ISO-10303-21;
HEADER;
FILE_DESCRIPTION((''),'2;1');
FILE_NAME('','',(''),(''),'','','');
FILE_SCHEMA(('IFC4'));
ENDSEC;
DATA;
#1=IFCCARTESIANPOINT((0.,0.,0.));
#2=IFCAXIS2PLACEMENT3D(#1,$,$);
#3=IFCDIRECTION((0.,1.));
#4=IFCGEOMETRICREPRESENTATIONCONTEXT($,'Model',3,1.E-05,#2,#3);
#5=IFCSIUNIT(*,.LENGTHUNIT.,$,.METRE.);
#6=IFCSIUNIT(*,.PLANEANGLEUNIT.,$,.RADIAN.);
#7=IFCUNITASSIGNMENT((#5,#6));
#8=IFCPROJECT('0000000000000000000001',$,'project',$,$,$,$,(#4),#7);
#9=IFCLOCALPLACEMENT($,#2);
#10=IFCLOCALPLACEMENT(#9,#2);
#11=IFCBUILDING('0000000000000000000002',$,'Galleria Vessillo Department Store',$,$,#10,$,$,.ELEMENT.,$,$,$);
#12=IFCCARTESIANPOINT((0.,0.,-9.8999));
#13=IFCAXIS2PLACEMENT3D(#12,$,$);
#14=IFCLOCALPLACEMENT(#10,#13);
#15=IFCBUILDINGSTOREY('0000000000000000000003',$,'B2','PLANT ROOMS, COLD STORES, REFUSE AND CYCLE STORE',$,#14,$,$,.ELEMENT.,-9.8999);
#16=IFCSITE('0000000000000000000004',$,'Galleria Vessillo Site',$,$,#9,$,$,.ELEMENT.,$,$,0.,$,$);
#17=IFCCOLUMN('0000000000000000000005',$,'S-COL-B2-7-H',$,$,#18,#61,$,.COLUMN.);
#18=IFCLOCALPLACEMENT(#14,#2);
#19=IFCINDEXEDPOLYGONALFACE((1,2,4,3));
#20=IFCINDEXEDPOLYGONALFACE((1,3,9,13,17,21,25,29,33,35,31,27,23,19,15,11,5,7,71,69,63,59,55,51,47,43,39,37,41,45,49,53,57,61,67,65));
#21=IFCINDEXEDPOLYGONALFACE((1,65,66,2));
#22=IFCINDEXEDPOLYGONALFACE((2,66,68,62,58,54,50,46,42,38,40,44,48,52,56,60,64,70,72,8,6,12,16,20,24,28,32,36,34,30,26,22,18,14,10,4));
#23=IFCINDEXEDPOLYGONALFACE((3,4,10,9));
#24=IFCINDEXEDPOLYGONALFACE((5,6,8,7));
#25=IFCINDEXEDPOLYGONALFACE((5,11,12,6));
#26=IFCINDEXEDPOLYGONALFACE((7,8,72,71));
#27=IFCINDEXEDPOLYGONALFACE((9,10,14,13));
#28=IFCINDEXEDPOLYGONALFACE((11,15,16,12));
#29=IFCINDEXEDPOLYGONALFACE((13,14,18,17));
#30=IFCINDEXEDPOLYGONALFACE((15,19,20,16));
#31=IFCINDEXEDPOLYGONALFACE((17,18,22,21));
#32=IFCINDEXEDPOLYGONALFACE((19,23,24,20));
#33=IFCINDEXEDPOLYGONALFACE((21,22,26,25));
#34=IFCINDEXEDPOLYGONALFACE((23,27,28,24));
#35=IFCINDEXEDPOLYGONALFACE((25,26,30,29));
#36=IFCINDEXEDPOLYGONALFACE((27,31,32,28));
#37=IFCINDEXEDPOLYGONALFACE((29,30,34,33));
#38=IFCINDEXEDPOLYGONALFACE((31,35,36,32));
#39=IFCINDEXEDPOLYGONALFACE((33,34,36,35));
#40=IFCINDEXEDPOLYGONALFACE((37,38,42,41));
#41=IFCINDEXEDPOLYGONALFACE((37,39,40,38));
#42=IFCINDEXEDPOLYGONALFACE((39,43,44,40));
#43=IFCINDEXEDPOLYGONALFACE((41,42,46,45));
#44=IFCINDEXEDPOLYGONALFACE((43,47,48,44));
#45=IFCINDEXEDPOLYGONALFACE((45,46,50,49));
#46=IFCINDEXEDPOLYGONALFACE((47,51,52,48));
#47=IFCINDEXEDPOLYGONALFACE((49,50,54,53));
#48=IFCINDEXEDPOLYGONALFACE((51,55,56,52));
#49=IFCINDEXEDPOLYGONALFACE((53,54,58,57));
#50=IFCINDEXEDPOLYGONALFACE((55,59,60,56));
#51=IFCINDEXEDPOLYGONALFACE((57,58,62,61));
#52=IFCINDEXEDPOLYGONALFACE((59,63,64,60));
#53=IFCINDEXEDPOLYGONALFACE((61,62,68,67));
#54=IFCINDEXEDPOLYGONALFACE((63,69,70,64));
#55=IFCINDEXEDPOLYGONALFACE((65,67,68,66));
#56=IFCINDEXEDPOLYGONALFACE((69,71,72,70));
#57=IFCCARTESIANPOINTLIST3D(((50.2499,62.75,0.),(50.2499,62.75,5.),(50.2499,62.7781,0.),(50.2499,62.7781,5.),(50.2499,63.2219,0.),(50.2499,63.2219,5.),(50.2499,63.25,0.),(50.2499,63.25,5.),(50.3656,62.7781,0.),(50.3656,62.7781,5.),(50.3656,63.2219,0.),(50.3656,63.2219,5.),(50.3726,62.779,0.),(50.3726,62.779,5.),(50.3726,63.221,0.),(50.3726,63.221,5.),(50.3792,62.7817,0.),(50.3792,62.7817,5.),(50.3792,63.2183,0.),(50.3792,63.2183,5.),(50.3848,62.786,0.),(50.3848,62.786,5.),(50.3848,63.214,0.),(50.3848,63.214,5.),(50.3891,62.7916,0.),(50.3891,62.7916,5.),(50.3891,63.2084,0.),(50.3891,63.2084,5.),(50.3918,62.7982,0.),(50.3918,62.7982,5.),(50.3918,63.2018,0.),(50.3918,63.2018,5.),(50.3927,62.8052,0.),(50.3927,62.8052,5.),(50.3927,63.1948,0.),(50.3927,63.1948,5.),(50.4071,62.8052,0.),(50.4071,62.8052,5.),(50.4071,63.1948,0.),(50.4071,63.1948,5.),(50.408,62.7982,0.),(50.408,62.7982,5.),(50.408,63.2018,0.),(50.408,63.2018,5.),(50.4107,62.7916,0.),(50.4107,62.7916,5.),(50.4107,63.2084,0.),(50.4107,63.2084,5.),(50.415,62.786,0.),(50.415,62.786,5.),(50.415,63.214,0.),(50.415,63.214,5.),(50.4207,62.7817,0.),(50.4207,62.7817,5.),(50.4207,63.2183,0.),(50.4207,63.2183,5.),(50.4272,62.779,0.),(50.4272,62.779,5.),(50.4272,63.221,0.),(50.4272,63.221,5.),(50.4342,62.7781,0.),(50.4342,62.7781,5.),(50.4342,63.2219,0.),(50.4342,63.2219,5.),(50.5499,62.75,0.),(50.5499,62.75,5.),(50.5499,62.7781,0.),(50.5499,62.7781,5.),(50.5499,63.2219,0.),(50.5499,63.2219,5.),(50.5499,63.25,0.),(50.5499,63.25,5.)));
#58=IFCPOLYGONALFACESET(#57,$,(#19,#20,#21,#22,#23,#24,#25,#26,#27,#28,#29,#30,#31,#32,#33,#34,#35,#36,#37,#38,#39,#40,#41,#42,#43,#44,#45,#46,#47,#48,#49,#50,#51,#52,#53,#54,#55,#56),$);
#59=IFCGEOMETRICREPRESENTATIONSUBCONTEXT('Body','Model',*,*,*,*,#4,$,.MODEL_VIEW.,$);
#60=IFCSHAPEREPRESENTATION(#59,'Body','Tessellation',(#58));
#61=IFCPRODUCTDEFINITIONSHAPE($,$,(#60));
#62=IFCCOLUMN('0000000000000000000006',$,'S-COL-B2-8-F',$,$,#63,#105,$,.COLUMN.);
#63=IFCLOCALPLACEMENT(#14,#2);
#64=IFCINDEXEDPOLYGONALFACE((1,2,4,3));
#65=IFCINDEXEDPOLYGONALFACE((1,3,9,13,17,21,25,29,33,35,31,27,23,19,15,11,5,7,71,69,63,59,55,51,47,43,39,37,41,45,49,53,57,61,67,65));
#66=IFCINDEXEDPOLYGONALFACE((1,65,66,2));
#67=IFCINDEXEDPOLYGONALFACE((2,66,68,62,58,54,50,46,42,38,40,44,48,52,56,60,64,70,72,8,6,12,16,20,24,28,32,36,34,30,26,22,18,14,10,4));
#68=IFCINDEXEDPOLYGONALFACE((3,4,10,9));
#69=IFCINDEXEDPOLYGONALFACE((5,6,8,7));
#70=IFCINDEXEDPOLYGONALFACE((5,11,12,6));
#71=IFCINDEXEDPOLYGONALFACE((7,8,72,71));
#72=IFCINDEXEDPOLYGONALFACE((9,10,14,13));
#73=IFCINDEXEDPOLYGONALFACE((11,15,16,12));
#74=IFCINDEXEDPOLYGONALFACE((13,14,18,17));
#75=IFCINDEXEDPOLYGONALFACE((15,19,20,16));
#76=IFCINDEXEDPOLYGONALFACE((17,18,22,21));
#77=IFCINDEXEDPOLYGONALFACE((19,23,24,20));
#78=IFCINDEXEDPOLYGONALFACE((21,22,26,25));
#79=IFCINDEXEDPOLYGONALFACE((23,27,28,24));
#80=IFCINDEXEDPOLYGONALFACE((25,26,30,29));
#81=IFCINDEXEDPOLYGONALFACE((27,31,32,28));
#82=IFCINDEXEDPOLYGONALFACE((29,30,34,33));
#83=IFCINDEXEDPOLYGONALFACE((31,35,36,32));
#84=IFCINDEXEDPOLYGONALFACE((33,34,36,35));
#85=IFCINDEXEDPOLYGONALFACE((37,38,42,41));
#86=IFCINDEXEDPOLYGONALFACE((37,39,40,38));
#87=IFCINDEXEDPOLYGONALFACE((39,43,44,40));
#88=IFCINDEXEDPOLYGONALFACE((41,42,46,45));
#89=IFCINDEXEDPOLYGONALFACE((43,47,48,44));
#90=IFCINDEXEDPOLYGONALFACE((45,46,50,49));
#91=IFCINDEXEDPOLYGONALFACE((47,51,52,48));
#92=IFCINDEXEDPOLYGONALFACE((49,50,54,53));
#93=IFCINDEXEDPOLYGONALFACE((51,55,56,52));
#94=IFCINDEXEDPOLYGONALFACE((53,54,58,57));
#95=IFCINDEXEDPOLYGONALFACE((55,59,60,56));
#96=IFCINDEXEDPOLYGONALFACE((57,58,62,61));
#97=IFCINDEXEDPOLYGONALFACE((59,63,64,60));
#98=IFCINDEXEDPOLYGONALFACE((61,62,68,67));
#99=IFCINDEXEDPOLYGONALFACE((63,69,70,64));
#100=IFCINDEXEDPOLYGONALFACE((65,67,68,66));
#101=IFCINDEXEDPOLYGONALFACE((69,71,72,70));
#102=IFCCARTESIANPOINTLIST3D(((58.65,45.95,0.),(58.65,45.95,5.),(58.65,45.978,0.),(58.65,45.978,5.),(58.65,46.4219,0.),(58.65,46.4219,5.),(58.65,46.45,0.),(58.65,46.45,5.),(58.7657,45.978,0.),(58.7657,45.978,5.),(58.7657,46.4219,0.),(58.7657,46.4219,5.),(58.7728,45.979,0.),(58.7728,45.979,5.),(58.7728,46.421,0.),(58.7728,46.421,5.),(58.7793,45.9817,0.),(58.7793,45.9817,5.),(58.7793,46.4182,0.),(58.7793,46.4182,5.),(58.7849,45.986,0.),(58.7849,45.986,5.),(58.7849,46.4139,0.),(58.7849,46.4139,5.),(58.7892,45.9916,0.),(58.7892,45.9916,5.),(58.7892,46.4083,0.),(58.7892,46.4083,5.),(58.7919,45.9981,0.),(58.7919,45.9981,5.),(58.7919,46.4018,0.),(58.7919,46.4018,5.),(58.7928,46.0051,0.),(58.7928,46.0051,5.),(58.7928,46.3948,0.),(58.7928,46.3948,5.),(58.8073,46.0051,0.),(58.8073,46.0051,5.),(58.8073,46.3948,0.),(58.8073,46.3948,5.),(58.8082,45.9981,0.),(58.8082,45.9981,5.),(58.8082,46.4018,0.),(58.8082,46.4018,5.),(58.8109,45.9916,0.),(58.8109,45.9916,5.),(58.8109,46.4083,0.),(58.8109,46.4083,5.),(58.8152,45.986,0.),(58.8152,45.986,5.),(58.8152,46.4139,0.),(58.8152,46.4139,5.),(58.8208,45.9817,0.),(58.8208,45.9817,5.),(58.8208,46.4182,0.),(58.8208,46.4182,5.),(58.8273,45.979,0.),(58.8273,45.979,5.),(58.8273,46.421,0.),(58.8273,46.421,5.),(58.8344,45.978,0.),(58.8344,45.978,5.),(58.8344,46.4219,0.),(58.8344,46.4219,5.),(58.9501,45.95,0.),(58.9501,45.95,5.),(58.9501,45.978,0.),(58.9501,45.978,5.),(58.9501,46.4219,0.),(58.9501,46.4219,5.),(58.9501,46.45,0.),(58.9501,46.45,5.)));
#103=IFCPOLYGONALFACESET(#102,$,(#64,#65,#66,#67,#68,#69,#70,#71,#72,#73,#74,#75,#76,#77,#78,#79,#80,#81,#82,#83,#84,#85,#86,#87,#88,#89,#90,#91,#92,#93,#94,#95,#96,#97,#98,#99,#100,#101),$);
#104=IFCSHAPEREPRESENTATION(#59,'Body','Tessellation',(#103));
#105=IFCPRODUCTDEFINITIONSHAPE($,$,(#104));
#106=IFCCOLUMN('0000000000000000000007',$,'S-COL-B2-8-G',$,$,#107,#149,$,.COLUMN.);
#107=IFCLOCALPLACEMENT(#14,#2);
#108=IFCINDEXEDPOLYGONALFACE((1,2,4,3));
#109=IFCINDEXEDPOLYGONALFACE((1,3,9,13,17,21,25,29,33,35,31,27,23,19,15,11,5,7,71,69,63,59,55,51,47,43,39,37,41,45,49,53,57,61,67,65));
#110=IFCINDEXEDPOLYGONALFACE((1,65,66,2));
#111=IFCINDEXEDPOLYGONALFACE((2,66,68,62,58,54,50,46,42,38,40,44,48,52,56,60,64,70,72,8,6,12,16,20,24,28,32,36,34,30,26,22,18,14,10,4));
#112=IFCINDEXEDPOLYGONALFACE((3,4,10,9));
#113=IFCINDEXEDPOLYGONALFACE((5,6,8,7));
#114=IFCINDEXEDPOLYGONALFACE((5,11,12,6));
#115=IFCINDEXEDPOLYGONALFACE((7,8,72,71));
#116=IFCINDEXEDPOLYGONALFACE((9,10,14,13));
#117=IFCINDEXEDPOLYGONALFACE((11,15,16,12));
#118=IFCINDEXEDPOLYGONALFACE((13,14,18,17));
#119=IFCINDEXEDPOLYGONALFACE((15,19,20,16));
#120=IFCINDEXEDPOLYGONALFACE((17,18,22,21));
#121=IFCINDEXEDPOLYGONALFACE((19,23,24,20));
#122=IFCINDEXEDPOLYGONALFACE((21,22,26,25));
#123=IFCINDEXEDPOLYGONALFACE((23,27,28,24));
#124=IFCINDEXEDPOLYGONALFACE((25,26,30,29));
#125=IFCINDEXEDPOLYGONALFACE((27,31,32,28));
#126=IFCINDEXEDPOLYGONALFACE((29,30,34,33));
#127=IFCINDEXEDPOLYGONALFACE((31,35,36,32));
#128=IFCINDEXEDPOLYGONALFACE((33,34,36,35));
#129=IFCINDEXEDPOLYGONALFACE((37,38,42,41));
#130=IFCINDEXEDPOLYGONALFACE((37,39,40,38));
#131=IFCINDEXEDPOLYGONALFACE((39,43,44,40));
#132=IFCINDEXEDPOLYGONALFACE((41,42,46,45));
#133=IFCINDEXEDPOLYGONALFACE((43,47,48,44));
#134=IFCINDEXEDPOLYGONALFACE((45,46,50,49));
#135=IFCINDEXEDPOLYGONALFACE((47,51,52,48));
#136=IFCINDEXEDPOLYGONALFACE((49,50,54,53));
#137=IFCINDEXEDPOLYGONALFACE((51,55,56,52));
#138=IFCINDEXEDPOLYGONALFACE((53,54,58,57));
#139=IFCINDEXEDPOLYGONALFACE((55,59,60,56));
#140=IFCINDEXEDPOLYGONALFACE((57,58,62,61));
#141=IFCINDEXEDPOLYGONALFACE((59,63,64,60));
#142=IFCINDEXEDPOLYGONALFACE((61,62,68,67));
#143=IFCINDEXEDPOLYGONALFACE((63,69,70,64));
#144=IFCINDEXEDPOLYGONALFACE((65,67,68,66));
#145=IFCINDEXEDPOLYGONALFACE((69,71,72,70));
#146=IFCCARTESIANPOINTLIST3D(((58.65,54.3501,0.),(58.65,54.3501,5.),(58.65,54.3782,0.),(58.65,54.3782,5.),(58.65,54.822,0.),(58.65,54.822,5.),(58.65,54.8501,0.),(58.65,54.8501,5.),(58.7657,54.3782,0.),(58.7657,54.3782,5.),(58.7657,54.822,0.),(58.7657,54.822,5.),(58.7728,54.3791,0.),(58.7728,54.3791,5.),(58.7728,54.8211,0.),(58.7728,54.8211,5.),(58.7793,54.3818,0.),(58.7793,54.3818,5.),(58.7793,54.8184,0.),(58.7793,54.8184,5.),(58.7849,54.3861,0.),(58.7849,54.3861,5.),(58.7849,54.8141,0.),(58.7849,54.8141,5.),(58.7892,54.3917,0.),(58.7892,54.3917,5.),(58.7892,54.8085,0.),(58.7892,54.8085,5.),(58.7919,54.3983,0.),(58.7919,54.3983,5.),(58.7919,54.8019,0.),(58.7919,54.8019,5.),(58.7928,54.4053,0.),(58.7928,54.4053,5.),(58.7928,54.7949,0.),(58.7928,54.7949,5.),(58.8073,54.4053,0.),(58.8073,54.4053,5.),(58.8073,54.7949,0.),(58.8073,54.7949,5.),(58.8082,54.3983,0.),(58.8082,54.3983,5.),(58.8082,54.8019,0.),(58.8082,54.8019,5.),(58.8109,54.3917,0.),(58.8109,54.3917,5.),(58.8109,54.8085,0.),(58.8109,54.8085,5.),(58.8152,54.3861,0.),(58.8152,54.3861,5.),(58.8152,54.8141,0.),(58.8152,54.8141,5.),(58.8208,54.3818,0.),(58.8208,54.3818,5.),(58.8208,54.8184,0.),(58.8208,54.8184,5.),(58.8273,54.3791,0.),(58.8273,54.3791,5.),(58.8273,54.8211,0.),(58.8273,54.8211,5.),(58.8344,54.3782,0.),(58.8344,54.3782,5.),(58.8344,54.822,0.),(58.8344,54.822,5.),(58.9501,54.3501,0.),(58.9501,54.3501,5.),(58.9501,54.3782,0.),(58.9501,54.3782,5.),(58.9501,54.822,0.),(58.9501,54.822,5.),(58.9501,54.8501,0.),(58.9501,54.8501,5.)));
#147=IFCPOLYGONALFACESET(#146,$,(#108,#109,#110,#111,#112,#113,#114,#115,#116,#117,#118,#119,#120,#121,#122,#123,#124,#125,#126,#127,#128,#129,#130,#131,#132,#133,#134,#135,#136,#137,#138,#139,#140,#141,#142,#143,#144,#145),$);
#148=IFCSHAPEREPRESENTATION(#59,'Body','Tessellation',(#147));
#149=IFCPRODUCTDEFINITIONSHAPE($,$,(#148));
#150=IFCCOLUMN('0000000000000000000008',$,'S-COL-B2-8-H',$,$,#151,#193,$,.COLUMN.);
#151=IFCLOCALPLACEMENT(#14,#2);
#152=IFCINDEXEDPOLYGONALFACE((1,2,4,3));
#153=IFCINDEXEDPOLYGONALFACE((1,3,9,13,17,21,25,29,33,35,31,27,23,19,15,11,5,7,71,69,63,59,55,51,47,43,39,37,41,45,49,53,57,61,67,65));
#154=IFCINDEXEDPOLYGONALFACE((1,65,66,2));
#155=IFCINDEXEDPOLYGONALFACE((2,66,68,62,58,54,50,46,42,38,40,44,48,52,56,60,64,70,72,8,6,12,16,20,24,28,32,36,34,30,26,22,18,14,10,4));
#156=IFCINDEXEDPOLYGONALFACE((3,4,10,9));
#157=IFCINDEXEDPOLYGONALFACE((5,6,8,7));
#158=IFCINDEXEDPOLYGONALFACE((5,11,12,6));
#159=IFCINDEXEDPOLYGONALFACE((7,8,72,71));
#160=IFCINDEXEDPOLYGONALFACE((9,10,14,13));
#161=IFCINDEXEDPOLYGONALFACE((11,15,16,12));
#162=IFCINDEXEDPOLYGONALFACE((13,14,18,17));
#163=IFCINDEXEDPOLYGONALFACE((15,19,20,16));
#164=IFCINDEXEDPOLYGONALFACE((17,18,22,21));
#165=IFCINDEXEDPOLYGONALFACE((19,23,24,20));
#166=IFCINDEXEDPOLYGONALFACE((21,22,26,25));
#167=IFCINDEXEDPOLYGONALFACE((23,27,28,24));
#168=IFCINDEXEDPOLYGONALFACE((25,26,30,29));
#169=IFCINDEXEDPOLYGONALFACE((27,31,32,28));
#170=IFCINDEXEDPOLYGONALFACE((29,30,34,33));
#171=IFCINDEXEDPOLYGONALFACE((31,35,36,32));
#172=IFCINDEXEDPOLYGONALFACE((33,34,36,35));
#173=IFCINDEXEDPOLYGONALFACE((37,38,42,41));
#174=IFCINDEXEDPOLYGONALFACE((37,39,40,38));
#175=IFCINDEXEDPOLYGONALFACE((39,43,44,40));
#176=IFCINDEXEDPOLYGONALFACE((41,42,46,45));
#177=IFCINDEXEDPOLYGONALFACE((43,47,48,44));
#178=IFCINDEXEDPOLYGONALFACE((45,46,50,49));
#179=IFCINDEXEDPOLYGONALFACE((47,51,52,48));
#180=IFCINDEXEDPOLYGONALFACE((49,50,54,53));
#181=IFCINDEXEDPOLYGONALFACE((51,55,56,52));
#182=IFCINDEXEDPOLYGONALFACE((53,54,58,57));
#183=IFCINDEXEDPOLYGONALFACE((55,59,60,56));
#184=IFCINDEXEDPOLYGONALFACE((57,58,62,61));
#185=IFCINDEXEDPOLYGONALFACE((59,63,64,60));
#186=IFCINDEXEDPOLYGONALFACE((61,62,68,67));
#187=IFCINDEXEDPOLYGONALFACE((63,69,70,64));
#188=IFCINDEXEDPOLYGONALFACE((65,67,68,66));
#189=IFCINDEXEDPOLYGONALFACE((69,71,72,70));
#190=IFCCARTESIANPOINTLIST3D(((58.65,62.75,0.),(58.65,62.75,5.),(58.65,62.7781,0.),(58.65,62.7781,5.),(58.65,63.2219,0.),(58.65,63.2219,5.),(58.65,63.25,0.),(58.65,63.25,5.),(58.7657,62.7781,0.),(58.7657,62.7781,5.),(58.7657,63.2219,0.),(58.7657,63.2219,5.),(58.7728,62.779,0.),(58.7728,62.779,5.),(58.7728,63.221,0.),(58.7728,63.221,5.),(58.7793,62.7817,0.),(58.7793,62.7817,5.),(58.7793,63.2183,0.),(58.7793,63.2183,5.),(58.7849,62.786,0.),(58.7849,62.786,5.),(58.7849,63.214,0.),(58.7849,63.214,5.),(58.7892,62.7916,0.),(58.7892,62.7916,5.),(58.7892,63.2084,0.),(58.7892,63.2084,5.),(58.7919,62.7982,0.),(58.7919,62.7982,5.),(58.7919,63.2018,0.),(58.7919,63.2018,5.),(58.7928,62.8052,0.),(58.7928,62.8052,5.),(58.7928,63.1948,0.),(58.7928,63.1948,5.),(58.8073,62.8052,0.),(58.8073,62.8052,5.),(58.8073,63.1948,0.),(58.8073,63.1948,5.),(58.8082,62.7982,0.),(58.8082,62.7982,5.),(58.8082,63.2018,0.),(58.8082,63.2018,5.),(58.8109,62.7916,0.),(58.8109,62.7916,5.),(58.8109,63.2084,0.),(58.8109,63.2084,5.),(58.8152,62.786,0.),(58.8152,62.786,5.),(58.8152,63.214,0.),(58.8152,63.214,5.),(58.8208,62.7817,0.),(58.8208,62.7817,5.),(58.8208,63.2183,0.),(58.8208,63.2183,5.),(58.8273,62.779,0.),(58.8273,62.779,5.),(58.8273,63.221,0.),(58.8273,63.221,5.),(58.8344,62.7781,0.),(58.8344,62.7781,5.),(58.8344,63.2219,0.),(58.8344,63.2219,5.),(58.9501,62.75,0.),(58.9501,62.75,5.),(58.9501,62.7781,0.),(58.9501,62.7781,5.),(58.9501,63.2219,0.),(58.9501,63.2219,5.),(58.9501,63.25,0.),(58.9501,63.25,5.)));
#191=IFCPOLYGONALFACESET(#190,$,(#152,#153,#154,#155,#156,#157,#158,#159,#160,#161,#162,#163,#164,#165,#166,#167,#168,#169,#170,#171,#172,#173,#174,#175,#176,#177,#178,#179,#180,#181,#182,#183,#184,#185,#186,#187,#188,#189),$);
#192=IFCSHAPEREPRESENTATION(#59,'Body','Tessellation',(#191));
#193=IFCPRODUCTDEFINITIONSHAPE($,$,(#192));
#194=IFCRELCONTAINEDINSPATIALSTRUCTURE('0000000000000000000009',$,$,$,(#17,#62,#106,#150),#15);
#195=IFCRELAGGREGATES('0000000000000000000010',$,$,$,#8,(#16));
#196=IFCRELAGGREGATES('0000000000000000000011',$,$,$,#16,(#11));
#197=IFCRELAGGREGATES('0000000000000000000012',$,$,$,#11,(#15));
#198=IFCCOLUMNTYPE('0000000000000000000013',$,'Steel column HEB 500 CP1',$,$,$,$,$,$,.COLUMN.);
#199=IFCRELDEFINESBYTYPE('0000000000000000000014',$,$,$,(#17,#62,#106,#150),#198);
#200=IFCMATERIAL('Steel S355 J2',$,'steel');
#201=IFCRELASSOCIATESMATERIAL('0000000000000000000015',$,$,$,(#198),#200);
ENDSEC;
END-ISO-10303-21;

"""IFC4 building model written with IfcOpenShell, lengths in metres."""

from ifc_helpers import new_model, si_unit, direction, frame, origin, origin_2d, place, context, subcontext, project, spatial, i_section, extrude, material, material_profile, profile_set, type_object, element, save


model = new_model("IFC4")

# Units and contexts
model_context = context("Model", 3, precision=1e-05, world=origin(), true_north=direction((0.0, 1.0)))
body_context = subcontext(model_context, "Body", "Model", "MODEL_VIEW")
ifc_project = project(units=[si_unit("LENGTHUNIT", "METRE"), si_unit("PLANEANGLEUNIT", "RADIAN")], contexts=[model_context])

# Site, building, storey
site_placement = place(None, origin())
site = spatial("IfcSite", under=ifc_project, at=site_placement, Name="Galleria Vessillo Site", CompositionType="ELEMENT", RefElevation=0.0)
building_placement = place(site_placement, origin())
building = spatial("IfcBuilding", under=site, at=building_placement, Name="Galleria Vessillo Department Store", CompositionType="ELEMENT")
storey_placement = place(building_placement, frame((0.0, 0.0, -9.8999)))
storey = spatial("IfcBuildingStorey", under=building, at=storey_placement, Name="B2", Description="PLANT ROOMS, COLD STORES, REFUSE AND CYCLE STORE", CompositionType="ELEMENT", Elevation=-9.8999)

# Columns
ifc_material_1 = material(Name="Steel S355 J2", Category="steel")
ifc_material_profile_1 = material_profile(ifc_material_1, i_section(OverallWidth=0.3, OverallDepth=0.5, WebThickness=0.0144, FlangeThickness=0.0281, FilletRadius=0.0271, at=origin_2d()), Name="HEB 500")
ifc_profile_set_1 = profile_set([ifc_material_profile_1], Name="Steel S355 J2")
column_type_1 = type_object("IfcColumnType", Name="Steel column HEB 500 CP1", PredefinedType="COLUMN", material=ifc_profile_set_1)
for number, where, z_axis, x_axis, name in (
    (1, (50.3999, 63.0, 0.0), (0.0, 0.0, 1.0), (1.0, 0.0, 0.0), "S-COL-B2-7-H"),
    (2, (58.8, 46.2, 0.0), (0.0, 0.0, 1.0), (1.0, 0.0, 0.0), "S-COL-B2-8-F"),
    (3, (58.8, 54.6001, 0.0), (0.0, 0.0, 1.0), (1.0, 0.0, 0.0), "S-COL-B2-8-G"),
    (4, (58.8, 63.0, 0.0), (0.0, 0.0, 1.0), (1.0, 0.0, 0.0), "S-COL-B2-8-H"),
):
    element("IfcColumn", number, at=place(storey_placement, frame(where, z_axis=z_axis, x_axis=x_axis)), inside=storey, type_object=column_type_1, Name=name, PredefinedType="COLUMN", context=body_context, shape_type="SweptSolid", body=[
        extrude(i_section(OverallWidth=0.3, OverallDepth=0.5, WebThickness=0.0144, FlangeThickness=0.0281, FilletRadius=0.0271, at=origin_2d()), origin(), (0.0, 0.0, 1.0), 5.0),
    ])

save(model, "model.ifc")
